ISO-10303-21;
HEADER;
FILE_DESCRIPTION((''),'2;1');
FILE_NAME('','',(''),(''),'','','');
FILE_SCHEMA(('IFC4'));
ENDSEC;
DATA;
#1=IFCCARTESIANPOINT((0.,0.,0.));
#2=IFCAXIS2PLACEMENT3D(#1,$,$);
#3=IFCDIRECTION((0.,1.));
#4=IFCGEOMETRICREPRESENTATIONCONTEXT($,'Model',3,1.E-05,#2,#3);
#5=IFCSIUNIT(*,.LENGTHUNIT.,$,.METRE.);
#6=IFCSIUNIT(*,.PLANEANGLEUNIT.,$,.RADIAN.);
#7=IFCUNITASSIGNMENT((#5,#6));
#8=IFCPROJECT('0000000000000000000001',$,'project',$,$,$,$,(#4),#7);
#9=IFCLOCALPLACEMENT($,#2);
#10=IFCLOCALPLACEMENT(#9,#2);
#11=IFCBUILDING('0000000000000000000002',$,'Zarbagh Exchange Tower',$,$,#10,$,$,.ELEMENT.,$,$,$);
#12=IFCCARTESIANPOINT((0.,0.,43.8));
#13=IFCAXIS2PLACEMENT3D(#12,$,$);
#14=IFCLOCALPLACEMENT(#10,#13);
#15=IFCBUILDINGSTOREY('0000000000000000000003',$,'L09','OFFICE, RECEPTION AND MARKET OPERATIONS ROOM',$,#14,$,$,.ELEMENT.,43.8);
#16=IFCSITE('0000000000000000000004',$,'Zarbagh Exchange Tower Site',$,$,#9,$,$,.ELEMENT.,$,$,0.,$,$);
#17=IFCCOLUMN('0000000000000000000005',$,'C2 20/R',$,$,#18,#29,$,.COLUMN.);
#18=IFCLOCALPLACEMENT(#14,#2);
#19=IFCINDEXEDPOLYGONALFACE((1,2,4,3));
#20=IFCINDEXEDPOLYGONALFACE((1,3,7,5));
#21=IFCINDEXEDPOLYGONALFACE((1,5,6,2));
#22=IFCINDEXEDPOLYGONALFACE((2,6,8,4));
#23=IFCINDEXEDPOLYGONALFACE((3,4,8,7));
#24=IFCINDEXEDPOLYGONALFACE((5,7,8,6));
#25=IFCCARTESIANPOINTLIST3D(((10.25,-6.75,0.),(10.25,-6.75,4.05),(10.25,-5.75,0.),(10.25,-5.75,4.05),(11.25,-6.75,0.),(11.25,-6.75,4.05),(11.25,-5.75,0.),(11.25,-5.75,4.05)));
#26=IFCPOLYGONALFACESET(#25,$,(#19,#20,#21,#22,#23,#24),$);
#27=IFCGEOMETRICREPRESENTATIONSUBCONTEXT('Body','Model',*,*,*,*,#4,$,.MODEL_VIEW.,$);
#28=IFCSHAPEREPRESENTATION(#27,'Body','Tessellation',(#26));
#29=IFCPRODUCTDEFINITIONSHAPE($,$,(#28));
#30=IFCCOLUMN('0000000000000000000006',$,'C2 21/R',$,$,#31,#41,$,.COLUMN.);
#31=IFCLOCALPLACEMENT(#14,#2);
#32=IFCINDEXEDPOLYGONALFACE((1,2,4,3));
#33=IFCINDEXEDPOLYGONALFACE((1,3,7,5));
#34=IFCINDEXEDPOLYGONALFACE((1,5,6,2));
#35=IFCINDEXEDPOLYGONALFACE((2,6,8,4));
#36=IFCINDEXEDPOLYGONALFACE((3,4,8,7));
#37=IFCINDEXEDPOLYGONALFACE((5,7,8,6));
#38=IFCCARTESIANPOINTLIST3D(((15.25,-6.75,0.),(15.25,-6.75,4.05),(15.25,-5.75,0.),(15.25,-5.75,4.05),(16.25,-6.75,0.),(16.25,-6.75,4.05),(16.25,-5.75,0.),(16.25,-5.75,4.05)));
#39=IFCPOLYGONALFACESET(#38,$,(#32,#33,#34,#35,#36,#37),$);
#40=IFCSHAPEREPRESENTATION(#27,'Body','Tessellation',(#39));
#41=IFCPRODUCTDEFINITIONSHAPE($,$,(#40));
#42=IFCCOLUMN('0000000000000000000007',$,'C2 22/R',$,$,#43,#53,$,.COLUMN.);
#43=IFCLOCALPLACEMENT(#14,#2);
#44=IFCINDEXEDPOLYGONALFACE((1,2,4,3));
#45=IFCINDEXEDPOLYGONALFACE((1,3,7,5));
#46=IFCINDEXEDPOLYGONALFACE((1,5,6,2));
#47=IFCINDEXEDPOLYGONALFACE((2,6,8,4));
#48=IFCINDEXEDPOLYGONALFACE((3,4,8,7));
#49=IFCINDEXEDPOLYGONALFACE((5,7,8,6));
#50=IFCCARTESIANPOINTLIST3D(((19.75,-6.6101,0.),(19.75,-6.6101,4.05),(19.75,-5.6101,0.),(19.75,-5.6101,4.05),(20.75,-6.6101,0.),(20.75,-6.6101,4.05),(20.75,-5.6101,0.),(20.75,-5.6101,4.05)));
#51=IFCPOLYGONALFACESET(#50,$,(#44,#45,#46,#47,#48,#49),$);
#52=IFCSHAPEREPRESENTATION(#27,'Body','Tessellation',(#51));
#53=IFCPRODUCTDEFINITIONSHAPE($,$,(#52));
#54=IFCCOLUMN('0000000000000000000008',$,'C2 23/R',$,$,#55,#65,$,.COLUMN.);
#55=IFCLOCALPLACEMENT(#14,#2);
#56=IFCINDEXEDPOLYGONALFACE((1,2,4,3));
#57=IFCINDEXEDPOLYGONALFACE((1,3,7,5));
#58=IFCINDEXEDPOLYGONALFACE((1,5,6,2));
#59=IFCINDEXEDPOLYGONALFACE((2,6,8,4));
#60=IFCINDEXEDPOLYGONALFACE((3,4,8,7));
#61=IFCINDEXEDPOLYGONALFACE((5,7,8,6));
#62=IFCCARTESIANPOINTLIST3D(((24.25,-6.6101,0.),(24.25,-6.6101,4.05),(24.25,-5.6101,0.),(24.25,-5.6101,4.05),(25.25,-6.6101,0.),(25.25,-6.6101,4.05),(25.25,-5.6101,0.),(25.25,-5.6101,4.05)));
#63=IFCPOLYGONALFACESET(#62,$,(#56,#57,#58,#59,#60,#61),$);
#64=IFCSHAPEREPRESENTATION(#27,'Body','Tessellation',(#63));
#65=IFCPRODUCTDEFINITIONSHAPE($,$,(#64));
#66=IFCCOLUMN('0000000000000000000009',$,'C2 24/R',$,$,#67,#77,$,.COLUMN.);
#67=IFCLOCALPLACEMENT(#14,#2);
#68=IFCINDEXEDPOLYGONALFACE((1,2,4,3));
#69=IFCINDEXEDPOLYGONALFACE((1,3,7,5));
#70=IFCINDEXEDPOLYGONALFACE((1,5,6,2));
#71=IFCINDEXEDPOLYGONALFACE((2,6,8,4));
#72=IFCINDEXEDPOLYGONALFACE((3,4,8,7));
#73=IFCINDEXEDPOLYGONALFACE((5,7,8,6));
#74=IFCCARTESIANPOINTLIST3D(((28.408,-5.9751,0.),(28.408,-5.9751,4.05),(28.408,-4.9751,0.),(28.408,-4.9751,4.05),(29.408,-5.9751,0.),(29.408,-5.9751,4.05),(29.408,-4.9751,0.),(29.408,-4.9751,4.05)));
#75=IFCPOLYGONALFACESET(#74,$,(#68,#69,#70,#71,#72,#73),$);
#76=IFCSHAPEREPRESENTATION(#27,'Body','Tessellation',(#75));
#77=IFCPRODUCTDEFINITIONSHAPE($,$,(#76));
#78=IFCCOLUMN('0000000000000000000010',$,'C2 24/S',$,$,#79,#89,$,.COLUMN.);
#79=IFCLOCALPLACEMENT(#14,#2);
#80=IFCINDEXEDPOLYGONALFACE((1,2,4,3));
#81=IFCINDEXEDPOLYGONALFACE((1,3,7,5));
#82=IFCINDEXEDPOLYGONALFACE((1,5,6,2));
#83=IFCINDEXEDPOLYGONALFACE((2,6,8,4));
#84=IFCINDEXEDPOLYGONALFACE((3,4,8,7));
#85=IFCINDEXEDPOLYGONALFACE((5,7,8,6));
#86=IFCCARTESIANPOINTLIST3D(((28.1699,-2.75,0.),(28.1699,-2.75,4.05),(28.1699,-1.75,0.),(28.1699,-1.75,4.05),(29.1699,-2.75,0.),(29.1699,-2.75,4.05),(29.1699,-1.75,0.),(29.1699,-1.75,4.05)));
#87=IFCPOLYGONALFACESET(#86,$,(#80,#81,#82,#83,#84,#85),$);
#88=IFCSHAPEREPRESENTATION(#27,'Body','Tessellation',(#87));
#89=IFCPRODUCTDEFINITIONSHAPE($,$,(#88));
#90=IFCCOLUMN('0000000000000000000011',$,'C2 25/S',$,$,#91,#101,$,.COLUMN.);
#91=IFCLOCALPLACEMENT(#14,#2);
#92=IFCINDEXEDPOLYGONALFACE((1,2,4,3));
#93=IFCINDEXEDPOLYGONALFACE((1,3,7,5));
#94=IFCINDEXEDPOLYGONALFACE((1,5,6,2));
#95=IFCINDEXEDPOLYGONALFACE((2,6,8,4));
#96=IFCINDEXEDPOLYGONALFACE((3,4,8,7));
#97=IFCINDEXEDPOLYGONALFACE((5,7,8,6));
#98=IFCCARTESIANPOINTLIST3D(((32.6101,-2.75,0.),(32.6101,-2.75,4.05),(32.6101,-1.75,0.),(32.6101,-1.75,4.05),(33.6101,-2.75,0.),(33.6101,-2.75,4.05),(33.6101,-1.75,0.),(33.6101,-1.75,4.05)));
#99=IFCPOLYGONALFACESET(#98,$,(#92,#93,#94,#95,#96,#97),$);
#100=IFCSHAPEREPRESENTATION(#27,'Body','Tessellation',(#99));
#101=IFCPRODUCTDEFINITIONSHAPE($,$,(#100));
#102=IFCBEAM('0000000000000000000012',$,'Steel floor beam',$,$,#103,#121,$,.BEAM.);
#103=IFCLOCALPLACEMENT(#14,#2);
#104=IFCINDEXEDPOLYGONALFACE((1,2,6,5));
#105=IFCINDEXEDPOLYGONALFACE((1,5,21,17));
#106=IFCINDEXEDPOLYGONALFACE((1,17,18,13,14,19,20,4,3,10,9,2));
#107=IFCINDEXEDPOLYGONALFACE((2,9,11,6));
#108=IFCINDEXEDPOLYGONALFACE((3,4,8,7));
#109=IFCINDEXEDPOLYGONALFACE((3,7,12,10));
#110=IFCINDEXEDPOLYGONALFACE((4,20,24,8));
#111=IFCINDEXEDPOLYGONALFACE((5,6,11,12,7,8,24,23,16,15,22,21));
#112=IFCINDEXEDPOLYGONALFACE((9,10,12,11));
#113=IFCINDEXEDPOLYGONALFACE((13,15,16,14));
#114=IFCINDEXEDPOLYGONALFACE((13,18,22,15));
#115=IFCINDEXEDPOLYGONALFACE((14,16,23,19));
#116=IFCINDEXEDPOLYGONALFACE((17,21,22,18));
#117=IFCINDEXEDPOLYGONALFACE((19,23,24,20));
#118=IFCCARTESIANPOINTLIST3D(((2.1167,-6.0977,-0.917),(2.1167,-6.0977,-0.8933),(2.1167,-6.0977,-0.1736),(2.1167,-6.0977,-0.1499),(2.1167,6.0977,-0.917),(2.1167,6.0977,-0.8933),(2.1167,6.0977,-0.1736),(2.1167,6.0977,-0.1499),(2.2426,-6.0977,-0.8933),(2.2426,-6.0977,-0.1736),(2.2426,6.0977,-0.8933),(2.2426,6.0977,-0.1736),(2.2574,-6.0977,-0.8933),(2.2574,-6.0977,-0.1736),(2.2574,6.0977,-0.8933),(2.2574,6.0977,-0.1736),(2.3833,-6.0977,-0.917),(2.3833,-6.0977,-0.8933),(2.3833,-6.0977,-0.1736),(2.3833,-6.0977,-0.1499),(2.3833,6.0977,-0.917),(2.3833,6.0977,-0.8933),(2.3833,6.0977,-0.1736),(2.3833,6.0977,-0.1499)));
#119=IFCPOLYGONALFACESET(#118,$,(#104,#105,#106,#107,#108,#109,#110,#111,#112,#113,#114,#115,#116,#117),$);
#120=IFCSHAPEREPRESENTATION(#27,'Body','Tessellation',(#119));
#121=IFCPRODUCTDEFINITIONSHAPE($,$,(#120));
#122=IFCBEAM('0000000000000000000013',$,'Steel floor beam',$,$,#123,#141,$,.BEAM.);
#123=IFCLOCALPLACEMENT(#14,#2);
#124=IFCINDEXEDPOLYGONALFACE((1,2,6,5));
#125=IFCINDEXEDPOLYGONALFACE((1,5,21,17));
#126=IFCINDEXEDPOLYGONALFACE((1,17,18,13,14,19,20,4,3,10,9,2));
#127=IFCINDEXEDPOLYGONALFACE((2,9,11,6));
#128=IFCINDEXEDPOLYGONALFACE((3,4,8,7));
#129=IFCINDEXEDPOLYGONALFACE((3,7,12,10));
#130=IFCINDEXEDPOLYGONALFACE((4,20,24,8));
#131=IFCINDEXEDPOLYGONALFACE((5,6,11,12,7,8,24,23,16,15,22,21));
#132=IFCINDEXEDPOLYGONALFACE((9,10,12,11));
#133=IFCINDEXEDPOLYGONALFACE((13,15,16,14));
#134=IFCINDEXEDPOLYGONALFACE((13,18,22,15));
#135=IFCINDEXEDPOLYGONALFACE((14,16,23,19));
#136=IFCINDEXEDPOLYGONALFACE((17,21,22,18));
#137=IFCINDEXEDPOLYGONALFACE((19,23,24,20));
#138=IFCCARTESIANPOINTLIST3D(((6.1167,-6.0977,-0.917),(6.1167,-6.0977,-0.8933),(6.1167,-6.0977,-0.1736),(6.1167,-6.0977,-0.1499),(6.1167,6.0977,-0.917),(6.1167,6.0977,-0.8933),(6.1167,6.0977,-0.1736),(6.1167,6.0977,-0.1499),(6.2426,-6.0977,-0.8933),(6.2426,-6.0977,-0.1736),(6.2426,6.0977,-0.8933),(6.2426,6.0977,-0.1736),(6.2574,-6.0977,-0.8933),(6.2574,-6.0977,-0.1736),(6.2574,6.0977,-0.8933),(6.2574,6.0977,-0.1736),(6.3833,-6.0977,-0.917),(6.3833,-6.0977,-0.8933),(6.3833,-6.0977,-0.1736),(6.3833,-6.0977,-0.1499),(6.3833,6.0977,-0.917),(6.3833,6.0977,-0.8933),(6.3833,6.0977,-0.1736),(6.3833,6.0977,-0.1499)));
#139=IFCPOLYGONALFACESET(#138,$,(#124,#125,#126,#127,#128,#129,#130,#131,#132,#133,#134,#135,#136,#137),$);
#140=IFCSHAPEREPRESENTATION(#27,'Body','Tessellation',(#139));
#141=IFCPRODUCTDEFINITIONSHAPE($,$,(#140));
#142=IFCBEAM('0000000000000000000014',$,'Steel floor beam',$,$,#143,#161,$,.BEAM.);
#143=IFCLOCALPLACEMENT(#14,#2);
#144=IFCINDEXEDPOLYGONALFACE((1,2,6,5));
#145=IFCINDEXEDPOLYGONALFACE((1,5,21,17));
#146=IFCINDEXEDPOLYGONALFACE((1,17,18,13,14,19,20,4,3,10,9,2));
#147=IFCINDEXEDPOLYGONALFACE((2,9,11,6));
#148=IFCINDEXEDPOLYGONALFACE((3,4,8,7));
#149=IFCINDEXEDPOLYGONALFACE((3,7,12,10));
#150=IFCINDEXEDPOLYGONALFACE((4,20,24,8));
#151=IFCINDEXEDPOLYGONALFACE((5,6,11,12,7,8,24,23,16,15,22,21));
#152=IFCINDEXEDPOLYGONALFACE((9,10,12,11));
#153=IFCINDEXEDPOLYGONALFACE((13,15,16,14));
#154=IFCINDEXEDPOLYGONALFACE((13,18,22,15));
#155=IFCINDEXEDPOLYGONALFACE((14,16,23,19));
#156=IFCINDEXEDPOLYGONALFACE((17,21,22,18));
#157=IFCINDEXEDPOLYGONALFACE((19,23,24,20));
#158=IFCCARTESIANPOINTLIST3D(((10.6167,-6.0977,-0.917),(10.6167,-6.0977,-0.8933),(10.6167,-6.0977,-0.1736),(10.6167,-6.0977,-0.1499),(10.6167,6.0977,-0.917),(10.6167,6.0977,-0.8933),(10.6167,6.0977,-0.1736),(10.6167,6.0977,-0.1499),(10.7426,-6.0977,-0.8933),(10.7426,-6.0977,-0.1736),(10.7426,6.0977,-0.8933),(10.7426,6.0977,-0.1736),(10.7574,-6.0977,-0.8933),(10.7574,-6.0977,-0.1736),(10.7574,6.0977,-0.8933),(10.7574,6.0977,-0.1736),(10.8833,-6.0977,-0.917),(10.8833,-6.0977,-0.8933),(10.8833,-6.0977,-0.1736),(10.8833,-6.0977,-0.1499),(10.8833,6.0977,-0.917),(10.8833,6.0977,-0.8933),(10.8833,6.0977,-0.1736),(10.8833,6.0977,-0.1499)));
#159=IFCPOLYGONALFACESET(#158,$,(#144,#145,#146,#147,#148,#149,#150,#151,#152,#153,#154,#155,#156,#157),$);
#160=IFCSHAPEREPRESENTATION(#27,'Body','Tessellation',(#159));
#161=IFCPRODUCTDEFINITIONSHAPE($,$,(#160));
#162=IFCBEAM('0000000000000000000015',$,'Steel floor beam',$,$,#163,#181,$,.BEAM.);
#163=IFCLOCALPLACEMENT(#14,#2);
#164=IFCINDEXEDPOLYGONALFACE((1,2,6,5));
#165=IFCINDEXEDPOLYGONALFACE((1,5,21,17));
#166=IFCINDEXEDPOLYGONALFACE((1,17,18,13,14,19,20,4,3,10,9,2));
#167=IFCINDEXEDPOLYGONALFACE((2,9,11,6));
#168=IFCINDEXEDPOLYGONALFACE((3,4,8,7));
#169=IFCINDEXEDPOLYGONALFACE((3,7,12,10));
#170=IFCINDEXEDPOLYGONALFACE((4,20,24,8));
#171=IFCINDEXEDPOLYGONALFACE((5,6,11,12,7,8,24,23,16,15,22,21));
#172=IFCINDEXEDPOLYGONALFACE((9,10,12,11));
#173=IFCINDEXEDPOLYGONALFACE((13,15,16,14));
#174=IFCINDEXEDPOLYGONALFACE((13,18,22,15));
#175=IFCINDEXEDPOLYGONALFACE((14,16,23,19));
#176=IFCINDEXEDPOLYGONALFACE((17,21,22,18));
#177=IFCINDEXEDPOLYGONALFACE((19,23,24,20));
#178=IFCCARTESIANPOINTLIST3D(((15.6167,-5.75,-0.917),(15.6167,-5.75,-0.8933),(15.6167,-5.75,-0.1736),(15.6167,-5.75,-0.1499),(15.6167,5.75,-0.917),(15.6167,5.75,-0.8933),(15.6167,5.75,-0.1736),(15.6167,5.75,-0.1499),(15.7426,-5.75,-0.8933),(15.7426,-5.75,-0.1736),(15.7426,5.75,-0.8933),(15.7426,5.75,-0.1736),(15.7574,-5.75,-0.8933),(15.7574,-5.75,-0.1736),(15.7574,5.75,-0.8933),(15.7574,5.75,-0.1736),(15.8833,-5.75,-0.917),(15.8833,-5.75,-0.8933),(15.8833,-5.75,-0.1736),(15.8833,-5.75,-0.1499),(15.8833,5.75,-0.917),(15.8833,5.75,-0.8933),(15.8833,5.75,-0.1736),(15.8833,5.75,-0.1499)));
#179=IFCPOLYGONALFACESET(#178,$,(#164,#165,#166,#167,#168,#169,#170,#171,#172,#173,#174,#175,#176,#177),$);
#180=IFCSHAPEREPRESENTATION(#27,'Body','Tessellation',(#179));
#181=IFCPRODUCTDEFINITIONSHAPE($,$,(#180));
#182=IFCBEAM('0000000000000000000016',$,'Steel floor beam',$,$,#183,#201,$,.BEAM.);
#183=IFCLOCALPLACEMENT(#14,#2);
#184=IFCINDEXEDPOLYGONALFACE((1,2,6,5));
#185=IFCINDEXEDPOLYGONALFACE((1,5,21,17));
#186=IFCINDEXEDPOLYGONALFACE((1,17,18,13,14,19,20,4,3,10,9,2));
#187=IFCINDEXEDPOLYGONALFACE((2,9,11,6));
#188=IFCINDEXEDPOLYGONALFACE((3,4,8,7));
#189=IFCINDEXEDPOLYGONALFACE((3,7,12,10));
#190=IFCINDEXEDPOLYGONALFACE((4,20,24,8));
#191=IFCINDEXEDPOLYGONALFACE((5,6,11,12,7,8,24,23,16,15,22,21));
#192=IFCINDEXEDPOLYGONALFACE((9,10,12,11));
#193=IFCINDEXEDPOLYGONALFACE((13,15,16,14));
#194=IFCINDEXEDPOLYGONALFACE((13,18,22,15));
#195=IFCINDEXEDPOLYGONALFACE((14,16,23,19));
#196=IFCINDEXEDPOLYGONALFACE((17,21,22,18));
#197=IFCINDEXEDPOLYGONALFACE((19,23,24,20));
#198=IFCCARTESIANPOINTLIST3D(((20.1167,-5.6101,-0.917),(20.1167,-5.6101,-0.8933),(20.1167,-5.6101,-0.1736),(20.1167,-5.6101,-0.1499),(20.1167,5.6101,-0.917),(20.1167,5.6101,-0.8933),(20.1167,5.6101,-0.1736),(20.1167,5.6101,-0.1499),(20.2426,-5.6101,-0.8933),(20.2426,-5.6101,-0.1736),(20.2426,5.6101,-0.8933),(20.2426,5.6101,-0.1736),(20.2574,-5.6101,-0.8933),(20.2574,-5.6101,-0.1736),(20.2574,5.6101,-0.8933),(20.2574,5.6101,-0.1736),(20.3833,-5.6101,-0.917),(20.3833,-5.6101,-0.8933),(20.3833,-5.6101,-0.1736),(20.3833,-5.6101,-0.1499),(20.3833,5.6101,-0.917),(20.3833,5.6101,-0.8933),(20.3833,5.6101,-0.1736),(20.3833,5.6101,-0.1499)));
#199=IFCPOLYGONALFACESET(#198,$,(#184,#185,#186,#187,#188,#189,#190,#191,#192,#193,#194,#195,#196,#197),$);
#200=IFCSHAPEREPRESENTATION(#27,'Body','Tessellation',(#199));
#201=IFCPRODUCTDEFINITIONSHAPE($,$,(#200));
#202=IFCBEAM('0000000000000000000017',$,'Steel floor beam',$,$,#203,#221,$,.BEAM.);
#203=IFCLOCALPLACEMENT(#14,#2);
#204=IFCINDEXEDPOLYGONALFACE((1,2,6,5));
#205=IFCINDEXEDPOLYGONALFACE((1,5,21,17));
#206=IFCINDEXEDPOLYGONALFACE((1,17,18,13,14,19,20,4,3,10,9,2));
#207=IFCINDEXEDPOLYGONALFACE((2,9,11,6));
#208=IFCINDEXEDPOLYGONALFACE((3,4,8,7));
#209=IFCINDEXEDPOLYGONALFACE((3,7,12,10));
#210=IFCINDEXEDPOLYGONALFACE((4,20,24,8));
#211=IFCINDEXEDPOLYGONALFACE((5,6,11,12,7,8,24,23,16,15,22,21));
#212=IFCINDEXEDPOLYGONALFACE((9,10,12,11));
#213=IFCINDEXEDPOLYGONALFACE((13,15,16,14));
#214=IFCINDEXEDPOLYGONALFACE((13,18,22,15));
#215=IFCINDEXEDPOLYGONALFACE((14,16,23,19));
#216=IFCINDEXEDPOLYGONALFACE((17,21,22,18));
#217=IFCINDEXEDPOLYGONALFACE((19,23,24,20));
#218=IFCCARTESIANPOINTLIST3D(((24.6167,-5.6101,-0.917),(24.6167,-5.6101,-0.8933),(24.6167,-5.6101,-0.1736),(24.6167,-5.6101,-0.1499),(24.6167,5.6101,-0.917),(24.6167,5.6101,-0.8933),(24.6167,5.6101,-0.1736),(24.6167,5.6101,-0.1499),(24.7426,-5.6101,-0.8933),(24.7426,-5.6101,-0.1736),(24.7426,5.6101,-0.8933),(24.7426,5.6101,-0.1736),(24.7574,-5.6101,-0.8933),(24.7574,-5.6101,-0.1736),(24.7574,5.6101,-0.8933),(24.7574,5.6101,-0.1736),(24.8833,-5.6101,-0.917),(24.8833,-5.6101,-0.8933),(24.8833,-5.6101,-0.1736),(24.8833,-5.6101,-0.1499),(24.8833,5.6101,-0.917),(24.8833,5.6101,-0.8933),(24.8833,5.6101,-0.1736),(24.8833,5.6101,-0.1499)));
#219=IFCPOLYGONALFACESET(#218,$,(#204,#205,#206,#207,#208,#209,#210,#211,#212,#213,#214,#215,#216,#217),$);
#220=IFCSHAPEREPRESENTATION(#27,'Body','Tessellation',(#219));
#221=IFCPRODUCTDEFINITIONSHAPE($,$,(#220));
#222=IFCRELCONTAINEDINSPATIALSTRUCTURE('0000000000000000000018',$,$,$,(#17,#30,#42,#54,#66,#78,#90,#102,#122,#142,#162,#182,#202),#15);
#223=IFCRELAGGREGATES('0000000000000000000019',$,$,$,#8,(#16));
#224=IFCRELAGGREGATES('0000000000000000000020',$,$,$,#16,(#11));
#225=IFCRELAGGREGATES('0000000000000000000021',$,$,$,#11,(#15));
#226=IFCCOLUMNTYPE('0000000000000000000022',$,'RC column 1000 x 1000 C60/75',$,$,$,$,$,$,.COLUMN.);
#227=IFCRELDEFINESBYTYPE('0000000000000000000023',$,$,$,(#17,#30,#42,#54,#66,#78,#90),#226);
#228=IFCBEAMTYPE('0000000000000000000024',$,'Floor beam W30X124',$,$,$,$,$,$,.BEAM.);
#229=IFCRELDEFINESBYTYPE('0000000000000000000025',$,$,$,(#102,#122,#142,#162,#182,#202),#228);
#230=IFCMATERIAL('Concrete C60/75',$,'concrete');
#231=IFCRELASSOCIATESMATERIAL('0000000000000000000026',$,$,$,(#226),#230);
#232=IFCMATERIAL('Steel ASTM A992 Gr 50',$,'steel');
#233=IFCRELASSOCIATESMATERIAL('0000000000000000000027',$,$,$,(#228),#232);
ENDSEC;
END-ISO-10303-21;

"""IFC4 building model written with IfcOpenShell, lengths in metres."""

from ifc_helpers import new_model, si_unit, direction, frame, origin, origin_2d, place, context, subcontext, project, spatial, rectangle, i_section, extrude, material, material_profile, profile_set, type_object, element, save


model = new_model("IFC4")

# Units and contexts
model_context = context("Model", 3, precision=1e-05, world=origin(), true_north=direction((0.0, 1.0)))
body_context = subcontext(model_context, "Body", "Model", "MODEL_VIEW")
ifc_project = project(units=[si_unit("LENGTHUNIT", "METRE"), si_unit("PLANEANGLEUNIT", "RADIAN")], contexts=[model_context])

# Site, building, storey
site_placement = place(None, origin())
site = spatial("IfcSite", under=ifc_project, at=site_placement, Name="Zarbagh Exchange Tower Site", CompositionType="ELEMENT", RefElevation=0.0)
building_placement = place(site_placement, origin())
building = spatial("IfcBuilding", under=site, at=building_placement, Name="Zarbagh Exchange Tower", CompositionType="ELEMENT")
storey_placement = place(building_placement, frame((0.0, 0.0, 43.8)))
storey = spatial("IfcBuildingStorey", under=building, at=storey_placement, Name="L09", Description="OFFICE, RECEPTION AND MARKET OPERATIONS ROOM", CompositionType="ELEMENT", Elevation=43.8)

# Columns
ifc_material_1 = material(Name="Concrete C60/75", Category="concrete")
ifc_material_profile_1 = material_profile(ifc_material_1, rectangle(XDim=1.0, YDim=1.0, at=origin_2d()), Name="RC column 1000 x 1000 C60/75")
ifc_profile_set_1 = profile_set([ifc_material_profile_1], Name="Concrete C60/75")
column_type = type_object("IfcColumnType", Name="RC column 1000 x 1000 C60/75", PredefinedType="COLUMN", material=ifc_profile_set_1)
for number, where, z_axis, x_axis, name in (
    (1, (10.75, -6.25, 0.0), (0.0, 0.0, 1.0), (1.0, 0.0, 0.0), "C2 20/R"),
    (2, (15.75, -6.25, 0.0), (0.0, 0.0, 1.0), (1.0, 0.0, 0.0), "C2 21/R"),
    (3, (20.25, -6.1101, 0.0), (0.0, 0.0, 1.0), (1.0, 0.0, 0.0), "C2 22/R"),
    (4, (24.75, -6.1101, 0.0), (0.0, 0.0, 1.0), (1.0, 0.0, 0.0), "C2 23/R"),
    (5, (28.908, -5.4751, 0.0), (0.0, 0.0, 1.0), (1.0, 0.0, 0.0), "C2 24/R"),
    (6, (28.6699, -2.25, 0.0), (0.0, 0.0, 1.0), (1.0, 0.0, 0.0), "C2 24/S"),
    (7, (33.1101, -2.25, 0.0), (0.0, 0.0, 1.0), (1.0, 0.0, 0.0), "C2 25/S"),
):
    element("IfcColumn", number, at=place(storey_placement, frame(where, z_axis=z_axis, x_axis=x_axis)), inside=storey, type_object=column_type, Name=name, PredefinedType="COLUMN", context=body_context, shape_type="SweptSolid", body=[
        extrude(rectangle(XDim=1.0, YDim=1.0, at=origin_2d()), origin(), (0.0, 0.0, 1.0), 4.05),
    ])

# Beams
ifc_material_2 = material(Name="Steel ASTM A992 Gr 50", Category="steel")
ifc_material_profile_2 = material_profile(ifc_material_2, i_section(OverallWidth=0.2666, OverallDepth=0.7671, WebThickness=0.0149, FlangeThickness=0.0237, at=origin_2d()), Name="W30X124")
ifc_profile_set_2 = profile_set([ifc_material_profile_2], Name="Steel ASTM A992 Gr 50")
beam_type_1 = type_object("IfcBeamType", Name="Floor beam W30X124", PredefinedType="BEAM", material=ifc_profile_set_2)
for number, where, z_axis, x_axis, name in (
    (8, (2.25, -6.0977, -0.5334), (0.0, 1.0, 0.0), (-1.0, 0.0, 0.0), "Steel floor beam"),
    (9, (6.25, -6.0977, -0.5334), (0.0, 1.0, 0.0), (-1.0, 0.0, 0.0), "Steel floor beam"),
    (10, (10.75, -6.0977, -0.5334), (0.0, 1.0, 0.0), (-1.0, 0.0, 0.0), "Steel floor beam"),
):
    element("IfcBeam", number, at=place(storey_placement, frame(where, z_axis=z_axis, x_axis=x_axis)), inside=storey, type_object=beam_type_1, Name=name, PredefinedType="BEAM", context=body_context, shape_type="SweptSolid", body=[
        extrude(i_section(OverallWidth=0.2666, OverallDepth=0.7671, WebThickness=0.0149, FlangeThickness=0.0237, at=origin_2d()), origin(), (0.0, 0.0, 1.0), 12.1953),
    ])
beam_1_placement = place(storey_placement, frame((15.75, -5.75, -0.5334), z_axis=(0.0, 1.0, 0.0), x_axis=(-1.0, 0.0, 0.0)))
element("IfcBeam", 11, at=beam_1_placement, inside=storey, type_object=beam_type_1, Name="Steel floor beam", PredefinedType="BEAM", context=body_context, shape_type="SweptSolid", body=[
    extrude(i_section(OverallWidth=0.2666, OverallDepth=0.7671, WebThickness=0.0149, FlangeThickness=0.0237, at=origin_2d()), origin(), (0.0, 0.0, 1.0), 11.5),
])
for number, where, z_axis, x_axis, name in (
    (12, (20.25, -5.6101, -0.5334), (0.0, 1.0, 0.0), (-1.0, 0.0, 0.0), "Steel floor beam"),
    (13, (24.75, -5.6101, -0.5334), (0.0, 1.0, 0.0), (-1.0, 0.0, 0.0), "Steel floor beam"),
):
    element("IfcBeam", number, at=place(storey_placement, frame(where, z_axis=z_axis, x_axis=x_axis)), inside=storey, type_object=beam_type_1, Name=name, PredefinedType="BEAM", context=body_context, shape_type="SweptSolid", body=[
        extrude(i_section(OverallWidth=0.2666, OverallDepth=0.7671, WebThickness=0.0149, FlangeThickness=0.0237, at=origin_2d()), origin(), (0.0, 0.0, 1.0), 11.2202),
    ])

save(model, "model.ifc")
